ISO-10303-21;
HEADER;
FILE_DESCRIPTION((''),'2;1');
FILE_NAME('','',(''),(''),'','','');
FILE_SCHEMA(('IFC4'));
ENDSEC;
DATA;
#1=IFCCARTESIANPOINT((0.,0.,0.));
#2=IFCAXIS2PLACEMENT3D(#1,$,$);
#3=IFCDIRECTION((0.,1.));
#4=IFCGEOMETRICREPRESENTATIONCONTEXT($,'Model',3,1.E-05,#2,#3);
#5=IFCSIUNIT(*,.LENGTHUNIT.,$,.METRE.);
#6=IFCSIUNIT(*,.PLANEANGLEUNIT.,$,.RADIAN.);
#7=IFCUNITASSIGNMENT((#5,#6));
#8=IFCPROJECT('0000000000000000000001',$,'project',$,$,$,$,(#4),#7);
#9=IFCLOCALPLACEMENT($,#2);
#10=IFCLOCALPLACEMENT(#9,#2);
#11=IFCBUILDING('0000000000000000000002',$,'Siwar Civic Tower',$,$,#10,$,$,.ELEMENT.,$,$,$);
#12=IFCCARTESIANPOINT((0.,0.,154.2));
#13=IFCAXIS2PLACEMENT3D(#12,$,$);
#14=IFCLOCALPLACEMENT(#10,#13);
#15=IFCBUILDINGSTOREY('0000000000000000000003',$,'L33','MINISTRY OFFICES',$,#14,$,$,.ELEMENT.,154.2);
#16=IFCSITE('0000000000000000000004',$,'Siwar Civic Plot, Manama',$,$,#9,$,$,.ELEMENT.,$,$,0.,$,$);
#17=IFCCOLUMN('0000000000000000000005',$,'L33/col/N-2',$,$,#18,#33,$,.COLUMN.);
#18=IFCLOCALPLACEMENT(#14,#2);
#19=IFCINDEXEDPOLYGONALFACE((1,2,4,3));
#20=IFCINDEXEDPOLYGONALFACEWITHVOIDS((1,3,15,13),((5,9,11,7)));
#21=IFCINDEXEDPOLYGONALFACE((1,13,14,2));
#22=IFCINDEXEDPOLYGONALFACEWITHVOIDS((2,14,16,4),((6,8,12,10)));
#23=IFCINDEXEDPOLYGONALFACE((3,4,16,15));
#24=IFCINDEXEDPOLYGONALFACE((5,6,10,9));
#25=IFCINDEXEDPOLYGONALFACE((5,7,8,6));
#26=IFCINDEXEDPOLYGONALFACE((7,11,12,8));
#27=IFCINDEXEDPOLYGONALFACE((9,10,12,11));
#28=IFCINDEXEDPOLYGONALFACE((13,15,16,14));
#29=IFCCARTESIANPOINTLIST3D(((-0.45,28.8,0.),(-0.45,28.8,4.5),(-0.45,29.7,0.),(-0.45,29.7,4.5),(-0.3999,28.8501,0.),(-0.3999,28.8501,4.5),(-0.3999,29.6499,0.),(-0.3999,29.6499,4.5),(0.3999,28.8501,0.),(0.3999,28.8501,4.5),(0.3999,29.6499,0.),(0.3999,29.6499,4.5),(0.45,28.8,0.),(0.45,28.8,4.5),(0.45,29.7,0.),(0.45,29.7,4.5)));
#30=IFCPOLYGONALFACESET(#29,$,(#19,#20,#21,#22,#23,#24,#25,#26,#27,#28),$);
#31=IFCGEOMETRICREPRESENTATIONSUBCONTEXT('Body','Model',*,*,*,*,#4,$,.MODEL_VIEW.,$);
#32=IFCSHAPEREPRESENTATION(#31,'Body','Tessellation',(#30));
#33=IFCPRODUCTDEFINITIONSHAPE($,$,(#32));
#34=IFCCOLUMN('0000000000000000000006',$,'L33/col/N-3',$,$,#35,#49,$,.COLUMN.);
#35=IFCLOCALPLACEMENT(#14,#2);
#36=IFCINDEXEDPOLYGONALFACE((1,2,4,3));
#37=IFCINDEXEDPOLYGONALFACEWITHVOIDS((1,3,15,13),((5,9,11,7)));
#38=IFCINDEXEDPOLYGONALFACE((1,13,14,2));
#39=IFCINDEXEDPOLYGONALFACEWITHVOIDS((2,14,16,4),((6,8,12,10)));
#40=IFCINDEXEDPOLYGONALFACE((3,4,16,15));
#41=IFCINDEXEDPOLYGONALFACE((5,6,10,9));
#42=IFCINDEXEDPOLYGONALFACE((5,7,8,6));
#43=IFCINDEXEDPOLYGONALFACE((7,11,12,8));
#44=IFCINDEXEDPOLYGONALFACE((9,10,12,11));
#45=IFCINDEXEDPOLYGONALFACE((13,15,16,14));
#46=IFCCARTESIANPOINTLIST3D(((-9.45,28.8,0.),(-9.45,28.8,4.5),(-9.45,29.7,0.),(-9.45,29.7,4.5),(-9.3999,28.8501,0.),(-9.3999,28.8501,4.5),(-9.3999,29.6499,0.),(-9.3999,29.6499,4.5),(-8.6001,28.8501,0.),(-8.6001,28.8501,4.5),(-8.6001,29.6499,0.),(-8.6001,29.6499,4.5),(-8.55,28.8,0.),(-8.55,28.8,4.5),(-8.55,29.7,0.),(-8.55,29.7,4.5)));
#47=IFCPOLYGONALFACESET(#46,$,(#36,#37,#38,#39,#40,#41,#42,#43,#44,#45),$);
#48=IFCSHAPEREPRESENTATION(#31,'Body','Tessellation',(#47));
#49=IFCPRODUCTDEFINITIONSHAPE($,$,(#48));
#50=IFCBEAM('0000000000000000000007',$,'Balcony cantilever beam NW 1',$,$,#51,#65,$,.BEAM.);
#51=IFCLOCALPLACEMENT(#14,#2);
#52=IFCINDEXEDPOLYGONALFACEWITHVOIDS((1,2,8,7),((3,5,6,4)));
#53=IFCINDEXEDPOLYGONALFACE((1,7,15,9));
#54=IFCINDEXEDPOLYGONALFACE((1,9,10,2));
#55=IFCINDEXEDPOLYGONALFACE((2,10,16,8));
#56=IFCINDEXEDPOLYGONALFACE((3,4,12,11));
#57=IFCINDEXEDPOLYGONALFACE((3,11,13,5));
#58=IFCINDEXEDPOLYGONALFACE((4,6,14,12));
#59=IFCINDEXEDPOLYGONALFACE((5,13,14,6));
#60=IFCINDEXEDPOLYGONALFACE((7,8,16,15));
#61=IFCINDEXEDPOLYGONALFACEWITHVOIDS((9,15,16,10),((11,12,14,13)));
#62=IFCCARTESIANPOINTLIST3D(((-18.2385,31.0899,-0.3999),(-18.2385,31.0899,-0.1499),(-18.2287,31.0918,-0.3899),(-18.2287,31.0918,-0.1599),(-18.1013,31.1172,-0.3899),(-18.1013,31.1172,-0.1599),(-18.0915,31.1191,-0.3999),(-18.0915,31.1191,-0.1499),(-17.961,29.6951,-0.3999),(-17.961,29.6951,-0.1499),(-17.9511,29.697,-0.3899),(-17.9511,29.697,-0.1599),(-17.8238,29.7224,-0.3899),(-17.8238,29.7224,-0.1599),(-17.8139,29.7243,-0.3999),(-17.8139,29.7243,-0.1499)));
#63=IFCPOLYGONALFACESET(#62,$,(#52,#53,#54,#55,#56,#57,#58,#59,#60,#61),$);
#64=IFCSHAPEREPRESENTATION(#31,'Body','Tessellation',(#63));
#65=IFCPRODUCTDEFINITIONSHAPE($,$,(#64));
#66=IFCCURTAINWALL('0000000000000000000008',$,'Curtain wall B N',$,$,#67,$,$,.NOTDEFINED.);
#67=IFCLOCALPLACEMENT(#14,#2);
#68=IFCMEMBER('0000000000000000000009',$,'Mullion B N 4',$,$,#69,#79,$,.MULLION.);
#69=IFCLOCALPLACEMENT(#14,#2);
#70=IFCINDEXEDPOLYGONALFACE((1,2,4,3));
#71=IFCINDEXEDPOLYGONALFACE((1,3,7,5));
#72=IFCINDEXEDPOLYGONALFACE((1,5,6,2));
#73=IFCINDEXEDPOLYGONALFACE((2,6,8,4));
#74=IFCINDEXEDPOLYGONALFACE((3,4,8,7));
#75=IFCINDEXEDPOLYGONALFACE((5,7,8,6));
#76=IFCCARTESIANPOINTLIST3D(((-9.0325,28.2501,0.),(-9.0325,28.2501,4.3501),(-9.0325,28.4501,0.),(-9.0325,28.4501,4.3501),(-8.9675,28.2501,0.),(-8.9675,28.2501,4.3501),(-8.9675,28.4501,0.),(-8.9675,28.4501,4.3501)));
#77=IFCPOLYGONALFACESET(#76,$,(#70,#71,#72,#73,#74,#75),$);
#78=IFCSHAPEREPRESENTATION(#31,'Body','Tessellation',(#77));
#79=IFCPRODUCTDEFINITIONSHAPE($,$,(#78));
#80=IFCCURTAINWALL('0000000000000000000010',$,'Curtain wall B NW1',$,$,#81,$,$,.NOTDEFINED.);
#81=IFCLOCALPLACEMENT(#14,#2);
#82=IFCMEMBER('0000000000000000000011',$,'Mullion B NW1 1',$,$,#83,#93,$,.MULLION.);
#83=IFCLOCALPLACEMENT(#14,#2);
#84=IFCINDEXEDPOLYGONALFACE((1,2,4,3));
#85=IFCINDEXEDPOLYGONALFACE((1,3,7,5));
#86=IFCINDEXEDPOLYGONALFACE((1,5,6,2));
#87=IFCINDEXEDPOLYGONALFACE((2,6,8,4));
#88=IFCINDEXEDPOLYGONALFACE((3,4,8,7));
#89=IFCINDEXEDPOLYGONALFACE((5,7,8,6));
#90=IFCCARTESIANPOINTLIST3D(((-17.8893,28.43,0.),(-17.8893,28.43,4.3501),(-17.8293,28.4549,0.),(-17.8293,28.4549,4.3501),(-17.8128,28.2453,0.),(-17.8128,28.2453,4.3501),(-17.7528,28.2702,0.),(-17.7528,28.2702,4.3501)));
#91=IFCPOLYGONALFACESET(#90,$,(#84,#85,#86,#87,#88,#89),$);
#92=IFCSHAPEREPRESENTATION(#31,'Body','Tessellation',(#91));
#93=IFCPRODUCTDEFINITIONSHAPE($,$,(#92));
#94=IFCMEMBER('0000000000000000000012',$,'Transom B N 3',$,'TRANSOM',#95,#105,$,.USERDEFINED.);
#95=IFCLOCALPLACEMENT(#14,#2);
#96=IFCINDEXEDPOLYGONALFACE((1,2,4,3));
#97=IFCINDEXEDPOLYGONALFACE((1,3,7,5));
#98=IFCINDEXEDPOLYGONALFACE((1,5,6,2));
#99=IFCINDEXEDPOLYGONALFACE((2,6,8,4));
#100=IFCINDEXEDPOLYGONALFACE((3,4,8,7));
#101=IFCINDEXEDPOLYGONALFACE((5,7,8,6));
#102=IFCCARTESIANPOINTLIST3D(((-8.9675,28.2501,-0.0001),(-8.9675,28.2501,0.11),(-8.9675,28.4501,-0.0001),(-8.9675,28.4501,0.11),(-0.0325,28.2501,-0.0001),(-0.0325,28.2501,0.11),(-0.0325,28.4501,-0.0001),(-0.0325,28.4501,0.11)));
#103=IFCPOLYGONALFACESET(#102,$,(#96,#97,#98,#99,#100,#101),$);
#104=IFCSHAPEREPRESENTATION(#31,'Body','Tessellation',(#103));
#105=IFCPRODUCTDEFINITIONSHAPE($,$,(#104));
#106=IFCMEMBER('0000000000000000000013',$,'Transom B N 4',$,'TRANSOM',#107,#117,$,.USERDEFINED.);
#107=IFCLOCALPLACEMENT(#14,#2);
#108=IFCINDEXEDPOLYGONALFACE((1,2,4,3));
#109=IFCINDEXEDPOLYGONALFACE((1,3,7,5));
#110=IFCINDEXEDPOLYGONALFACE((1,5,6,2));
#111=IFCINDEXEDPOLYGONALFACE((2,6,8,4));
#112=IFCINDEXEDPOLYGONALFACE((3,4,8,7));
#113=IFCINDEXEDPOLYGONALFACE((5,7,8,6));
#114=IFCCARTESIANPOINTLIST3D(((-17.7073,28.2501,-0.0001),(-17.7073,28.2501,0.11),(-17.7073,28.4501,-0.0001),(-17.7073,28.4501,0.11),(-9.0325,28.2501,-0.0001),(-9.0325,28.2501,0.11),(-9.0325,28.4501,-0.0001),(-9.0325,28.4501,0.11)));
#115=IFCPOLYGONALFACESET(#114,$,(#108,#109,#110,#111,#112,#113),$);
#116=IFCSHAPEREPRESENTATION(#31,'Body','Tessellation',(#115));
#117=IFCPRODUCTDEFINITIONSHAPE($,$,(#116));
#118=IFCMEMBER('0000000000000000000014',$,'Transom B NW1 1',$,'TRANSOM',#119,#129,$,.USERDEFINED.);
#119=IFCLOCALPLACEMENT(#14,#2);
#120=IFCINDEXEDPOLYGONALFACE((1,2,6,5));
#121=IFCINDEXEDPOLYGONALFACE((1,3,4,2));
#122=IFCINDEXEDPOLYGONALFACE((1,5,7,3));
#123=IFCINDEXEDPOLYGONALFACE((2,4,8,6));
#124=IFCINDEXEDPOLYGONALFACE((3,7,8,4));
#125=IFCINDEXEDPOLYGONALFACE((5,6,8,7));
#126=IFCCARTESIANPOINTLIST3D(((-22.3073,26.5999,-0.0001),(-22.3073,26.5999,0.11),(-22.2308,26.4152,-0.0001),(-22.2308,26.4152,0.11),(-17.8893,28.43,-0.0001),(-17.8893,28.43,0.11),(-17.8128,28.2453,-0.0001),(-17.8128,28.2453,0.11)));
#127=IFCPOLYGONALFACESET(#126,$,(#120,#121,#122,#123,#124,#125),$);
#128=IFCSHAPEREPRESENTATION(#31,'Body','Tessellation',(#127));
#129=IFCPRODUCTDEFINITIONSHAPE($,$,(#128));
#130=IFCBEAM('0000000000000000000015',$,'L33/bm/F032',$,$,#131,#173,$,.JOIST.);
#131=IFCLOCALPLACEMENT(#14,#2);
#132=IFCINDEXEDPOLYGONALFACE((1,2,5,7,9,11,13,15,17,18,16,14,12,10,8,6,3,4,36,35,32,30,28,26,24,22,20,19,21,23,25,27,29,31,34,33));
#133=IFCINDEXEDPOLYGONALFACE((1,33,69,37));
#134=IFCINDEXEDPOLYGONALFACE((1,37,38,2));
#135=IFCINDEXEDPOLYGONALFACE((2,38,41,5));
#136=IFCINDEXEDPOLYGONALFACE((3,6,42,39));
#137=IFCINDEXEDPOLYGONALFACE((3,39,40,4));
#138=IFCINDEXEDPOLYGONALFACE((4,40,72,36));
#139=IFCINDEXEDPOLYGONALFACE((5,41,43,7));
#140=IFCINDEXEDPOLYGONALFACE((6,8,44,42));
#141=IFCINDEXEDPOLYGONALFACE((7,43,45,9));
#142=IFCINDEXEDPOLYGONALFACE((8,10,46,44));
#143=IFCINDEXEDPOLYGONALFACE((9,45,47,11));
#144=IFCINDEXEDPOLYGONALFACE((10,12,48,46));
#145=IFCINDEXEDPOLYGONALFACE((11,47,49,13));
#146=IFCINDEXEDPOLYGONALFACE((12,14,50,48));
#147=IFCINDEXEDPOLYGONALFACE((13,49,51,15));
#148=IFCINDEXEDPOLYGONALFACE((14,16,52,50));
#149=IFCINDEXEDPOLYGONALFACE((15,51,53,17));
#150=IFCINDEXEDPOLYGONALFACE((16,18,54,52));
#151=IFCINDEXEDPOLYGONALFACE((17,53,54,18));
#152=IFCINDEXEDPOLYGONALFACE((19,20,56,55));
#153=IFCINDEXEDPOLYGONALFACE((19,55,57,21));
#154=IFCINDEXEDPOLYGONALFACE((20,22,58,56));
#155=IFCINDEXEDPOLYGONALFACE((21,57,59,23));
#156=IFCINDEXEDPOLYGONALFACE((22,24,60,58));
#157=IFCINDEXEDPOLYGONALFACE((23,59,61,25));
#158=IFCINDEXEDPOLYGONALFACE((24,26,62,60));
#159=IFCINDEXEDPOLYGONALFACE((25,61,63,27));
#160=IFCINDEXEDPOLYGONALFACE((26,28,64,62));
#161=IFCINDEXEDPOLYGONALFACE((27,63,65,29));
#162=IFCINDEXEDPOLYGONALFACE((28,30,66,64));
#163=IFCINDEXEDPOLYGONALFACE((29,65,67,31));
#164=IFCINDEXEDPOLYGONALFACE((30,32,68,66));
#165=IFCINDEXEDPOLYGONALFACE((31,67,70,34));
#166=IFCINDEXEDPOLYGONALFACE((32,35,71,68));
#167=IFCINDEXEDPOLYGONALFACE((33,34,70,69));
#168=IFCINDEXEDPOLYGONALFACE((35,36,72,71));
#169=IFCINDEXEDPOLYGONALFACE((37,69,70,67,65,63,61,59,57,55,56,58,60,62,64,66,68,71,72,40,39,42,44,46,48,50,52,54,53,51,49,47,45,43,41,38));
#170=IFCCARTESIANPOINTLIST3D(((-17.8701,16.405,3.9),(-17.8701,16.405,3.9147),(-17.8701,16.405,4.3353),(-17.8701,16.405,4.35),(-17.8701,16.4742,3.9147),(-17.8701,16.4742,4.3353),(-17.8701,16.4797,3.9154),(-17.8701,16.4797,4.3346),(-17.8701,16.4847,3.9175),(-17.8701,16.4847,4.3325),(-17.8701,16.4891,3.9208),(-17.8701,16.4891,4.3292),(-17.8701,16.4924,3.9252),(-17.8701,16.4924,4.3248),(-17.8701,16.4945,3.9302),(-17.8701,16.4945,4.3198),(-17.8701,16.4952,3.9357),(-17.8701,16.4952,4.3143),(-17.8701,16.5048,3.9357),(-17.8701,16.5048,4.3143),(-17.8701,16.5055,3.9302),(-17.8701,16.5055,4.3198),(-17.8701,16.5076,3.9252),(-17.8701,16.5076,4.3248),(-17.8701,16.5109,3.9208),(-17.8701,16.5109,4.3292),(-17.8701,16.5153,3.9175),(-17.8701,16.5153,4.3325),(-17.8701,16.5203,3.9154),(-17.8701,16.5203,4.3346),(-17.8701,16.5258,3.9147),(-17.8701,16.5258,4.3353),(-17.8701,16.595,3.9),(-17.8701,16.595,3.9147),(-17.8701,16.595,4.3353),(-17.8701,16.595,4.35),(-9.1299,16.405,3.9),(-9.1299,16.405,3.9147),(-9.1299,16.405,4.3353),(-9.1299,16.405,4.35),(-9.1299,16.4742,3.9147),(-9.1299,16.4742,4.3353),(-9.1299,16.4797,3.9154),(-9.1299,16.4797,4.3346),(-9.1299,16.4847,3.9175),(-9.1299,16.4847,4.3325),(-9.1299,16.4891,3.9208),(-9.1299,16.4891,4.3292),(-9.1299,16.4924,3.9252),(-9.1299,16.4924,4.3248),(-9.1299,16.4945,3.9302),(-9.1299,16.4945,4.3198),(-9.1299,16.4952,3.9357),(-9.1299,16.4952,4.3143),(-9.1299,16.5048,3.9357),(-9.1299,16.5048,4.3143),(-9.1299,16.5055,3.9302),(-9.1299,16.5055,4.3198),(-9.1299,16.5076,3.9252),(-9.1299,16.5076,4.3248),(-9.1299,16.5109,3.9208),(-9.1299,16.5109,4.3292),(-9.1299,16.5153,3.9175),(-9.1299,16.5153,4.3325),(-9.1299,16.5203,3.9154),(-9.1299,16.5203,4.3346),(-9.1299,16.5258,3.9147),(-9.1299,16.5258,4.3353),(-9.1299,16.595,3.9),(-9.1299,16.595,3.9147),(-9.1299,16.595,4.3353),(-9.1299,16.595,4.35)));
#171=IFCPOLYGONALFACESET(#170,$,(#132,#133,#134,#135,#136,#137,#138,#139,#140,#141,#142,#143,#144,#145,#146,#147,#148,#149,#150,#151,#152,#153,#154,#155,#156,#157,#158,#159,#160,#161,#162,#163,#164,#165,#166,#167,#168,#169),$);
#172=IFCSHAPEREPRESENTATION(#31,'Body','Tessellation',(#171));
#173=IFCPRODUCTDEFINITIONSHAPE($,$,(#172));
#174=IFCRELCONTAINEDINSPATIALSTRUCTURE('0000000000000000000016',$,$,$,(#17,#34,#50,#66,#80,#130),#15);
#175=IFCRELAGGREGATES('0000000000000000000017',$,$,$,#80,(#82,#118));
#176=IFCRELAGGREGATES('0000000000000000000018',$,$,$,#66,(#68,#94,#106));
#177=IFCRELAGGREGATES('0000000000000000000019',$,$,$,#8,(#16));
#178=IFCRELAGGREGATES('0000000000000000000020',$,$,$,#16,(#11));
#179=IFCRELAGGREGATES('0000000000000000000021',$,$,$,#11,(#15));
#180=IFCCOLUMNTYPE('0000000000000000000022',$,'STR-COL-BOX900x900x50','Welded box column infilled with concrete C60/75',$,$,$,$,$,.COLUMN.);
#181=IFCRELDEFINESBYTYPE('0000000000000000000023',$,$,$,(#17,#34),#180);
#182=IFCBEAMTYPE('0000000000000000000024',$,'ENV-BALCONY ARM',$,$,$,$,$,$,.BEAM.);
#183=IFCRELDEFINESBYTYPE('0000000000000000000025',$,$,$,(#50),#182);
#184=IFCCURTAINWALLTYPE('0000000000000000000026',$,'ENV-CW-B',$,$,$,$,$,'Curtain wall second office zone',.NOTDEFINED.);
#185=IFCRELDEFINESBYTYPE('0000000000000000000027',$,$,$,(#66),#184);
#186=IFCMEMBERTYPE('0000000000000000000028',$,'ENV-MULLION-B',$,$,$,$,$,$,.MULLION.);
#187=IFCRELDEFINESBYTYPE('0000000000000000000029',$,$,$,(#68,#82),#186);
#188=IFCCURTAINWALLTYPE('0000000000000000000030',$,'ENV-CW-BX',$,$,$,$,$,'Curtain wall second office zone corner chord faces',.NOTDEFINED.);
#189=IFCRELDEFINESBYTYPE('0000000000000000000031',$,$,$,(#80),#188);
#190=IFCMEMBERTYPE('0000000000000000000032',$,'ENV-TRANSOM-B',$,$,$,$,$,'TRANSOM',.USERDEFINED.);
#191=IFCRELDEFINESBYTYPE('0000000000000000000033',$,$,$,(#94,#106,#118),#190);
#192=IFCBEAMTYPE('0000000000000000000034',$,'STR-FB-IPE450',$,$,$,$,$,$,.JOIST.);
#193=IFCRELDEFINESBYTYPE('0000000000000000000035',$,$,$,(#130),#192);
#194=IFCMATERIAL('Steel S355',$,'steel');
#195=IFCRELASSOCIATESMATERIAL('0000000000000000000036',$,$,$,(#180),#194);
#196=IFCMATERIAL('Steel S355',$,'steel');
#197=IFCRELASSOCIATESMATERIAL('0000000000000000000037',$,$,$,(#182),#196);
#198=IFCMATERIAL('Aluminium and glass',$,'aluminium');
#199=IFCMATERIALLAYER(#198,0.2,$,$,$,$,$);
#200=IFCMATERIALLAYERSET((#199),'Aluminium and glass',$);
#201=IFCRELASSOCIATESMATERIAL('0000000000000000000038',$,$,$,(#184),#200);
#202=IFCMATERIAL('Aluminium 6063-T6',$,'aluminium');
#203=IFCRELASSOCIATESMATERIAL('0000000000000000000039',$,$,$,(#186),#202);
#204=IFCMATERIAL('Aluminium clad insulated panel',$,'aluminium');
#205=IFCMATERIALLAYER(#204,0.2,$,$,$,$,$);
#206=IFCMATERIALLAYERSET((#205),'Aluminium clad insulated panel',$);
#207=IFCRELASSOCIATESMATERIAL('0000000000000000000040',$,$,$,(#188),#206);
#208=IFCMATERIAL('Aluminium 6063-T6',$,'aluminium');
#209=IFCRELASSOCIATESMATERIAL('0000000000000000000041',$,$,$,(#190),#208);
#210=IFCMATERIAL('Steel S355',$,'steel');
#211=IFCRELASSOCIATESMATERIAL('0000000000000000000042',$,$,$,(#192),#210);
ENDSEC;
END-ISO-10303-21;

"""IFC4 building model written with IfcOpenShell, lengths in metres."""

from ifc_helpers import new_model, si_unit, direction, frame, origin, origin_2d, place, context, subcontext, project, spatial, rectangle, hollow_rectangle, i_section, extrude, material, layer, layer_set, material_profile, profile_set, type_object, element, aggregate, save


model = new_model("IFC4")

# Units and contexts
model_context = context("Model", 3, precision=1e-05, world=origin(), true_north=direction((0.0, 1.0)))
body_context = subcontext(model_context, "Body", "Model", "MODEL_VIEW")
ifc_project = project(units=[si_unit("LENGTHUNIT", "METRE"), si_unit("PLANEANGLEUNIT", "RADIAN")], contexts=[model_context])

# Site, building, storey
site_placement = place(None, origin())
site = spatial("IfcSite", under=ifc_project, at=site_placement, Name="Siwar Civic Plot, Manama", CompositionType="ELEMENT", RefElevation=0.0)
building_placement = place(site_placement, origin())
building = spatial("IfcBuilding", under=site, at=building_placement, Name="Siwar Civic Tower", CompositionType="ELEMENT")
storey_placement = place(building_placement, frame((0.0, 0.0, 154.2)))
storey = spatial("IfcBuildingStorey", under=building, at=storey_placement, Name="L33", Description="MINISTRY OFFICES", CompositionType="ELEMENT", Elevation=154.2)

# Columns
ifc_material_1 = material(Name="Steel S355", Category="steel")
ifc_material_profile_1 = material_profile(ifc_material_1, hollow_rectangle(XDim=0.8999, YDim=0.8999, WallThickness=0.05, at=origin_2d()), Name="BOX900x900x50")
ifc_profile_set_1 = profile_set([ifc_material_profile_1], Name="Steel S355")
column_type = type_object("IfcColumnType", Name="STR-COL-BOX900x900x50", Description="Welded box column infilled with concrete C60/75", PredefinedType="COLUMN", material=ifc_profile_set_1)
for number, where, z_axis, x_axis, name in (
    (1, (0.0, 29.25, 0.0), (0.0, 0.0, 1.0), (1.0, 0.0, 0.0), "L33/col/N-2"),
    (2, (-9.0, 29.25, 0.0), (0.0, 0.0, 1.0), (1.0, 0.0, 0.0), "L33/col/N-3"),
):
    element("IfcColumn", number, at=place(storey_placement, frame(where, z_axis=z_axis, x_axis=x_axis)), inside=storey, type_object=column_type, Name=name, PredefinedType="COLUMN", context=body_context, shape_type="SweptSolid", body=[
        extrude(hollow_rectangle(XDim=0.8999, YDim=0.8999, WallThickness=0.05, at=origin_2d()), origin(), (0.0, 0.0, 1.0), 4.5),
    ])

# Beam
ifc_material_2 = material(Name="Steel S355", Category="steel")
ifc_material_profile_2 = material_profile(ifc_material_2, hollow_rectangle(XDim=0.1499, YDim=0.25, WallThickness=0.01, at=origin_2d()), Name="RHS250x150x10")
ifc_profile_set_2 = profile_set([ifc_material_profile_2], Name="Steel S355")
beam_type_1 = type_object("IfcBeamType", Name="ENV-BALCONY ARM", PredefinedType="BEAM", material=ifc_profile_set_2)
beam_1_placement = place(storey_placement, frame((-17.8875, 29.7097, -0.2749), z_axis=(-0.195192, 0.980765, 0.0), x_axis=(-0.980765, -0.195192, 0.0)))
element("IfcBeam", 3, at=beam_1_placement, inside=storey, type_object=beam_type_1, Name="Balcony cantilever beam NW 1", PredefinedType="BEAM", context=body_context, shape_type="SweptSolid", body=[
    extrude(hollow_rectangle(XDim=0.1499, YDim=0.25, WallThickness=0.01, at=origin_2d()), origin(), (0.0, 0.0, 1.0), 1.4221),
])

# Curtain walls, members
ifc_material_3 = material(Name="Aluminium and glass", Category="aluminium")
ifc_layer_1 = layer(ifc_material_3, 0.2)
ifc_layer_set_1 = layer_set([ifc_layer_1], Name="Aluminium and glass")
curtain_wall_type_1 = type_object("IfcCurtainWallType", Name="ENV-CW-B", ElementType="Curtain wall second office zone", PredefinedType="NOTDEFINED", material=ifc_layer_set_1)
curtain_wall_1_placement = place(storey_placement, origin())
curtain_wall_1 = element("IfcCurtainWall", 4, at=curtain_wall_1_placement, inside=storey, type_object=curtain_wall_type_1, Name="Curtain wall B N", PredefinedType="NOTDEFINED")
ifc_material_4 = material(Name="Aluminium 6063-T6", Category="aluminium")
ifc_material_profile_3 = material_profile(ifc_material_4, rectangle(XDim=0.2, YDim=0.0649, at=origin_2d()), Name="AL 200x65")
ifc_profile_set_3 = profile_set([ifc_material_profile_3], Name="Aluminium 6063-T6")
member_type_1 = type_object("IfcMemberType", Name="ENV-MULLION-B", PredefinedType="MULLION", material=ifc_profile_set_3)
member_1_placement = place(storey_placement, frame((-9.0, 28.3501, 0.0), z_axis=(0.0, 0.0, 1.0), x_axis=(0.0, -1.0, 0.0)))
member_1 = element("IfcMember", 5, at=member_1_placement, type_object=member_type_1, Name="Mullion B N 4", PredefinedType="MULLION", context=body_context, shape_type="SweptSolid", body=[
    extrude(rectangle(XDim=0.2, YDim=0.0649, at=origin_2d()), origin(), (0.0, 0.0, 1.0), 4.3501),
])
ifc_material_5 = material(Name="Aluminium clad insulated panel", Category="aluminium")
ifc_layer_2 = layer(ifc_material_5, 0.2)
ifc_layer_set_2 = layer_set([ifc_layer_2], Name="Aluminium clad insulated panel")
curtain_wall_type_2 = type_object("IfcCurtainWallType", Name="ENV-CW-BX", ElementType="Curtain wall second office zone corner chord faces", PredefinedType="NOTDEFINED", material=ifc_layer_set_2)
curtain_wall_2_placement = place(storey_placement, origin())
curtain_wall_2 = element("IfcCurtainWall", 6, at=curtain_wall_2_placement, inside=storey, type_object=curtain_wall_type_2, Name="Curtain wall B NW1", PredefinedType="NOTDEFINED")
member_2_placement = place(storey_placement, frame((-17.821, 28.3501, 0.0), z_axis=(0.0, 0.0, 1.0), x_axis=(0.382683, -0.92388, 0.0)))
member_2 = element("IfcMember", 7, at=member_2_placement, type_object=member_type_1, Name="Mullion B NW1 1", PredefinedType="MULLION", context=body_context, shape_type="SweptSolid", body=[
    extrude(rectangle(XDim=0.2, YDim=0.0649, at=origin_2d()), origin(), (0.0, 0.0, 1.0), 4.3501),
])

# Members
ifc_material_6 = material(Name="Aluminium 6063-T6", Category="aluminium")
ifc_material_profile_4 = material_profile(ifc_material_6, rectangle(XDim=0.2, YDim=0.1101, at=origin_2d()), Name="AL 200x110")
ifc_profile_set_4 = profile_set([ifc_material_profile_4], Name="Aluminium 6063-T6")
member_type_2 = type_object("IfcMemberType", Name="ENV-TRANSOM-B", ElementType="TRANSOM", PredefinedType="USERDEFINED", material=ifc_profile_set_4)
member_3_placement = place(storey_placement, frame((-0.0325, 28.3501, 0.0549), z_axis=(-1.0, 0.0, 0.0), x_axis=(0.0, -1.0, 0.0)))
member_3 = element("IfcMember", 8, at=member_3_placement, type_object=member_type_2, Name="Transom B N 3", ObjectType="TRANSOM", PredefinedType="USERDEFINED", context=body_context, shape_type="SweptSolid", body=[
    extrude(rectangle(XDim=0.2, YDim=0.1101, at=origin_2d()), origin(), (0.0, 0.0, 1.0), 8.9351),
])
member_4_placement = place(storey_placement, frame((-9.0325, 28.3501, 0.0549), z_axis=(-1.0, 0.0, 0.0), x_axis=(0.0, -1.0, 0.0)))
member_4 = element("IfcMember", 9, at=member_4_placement, type_object=member_type_2, Name="Transom B N 4", ObjectType="TRANSOM", PredefinedType="USERDEFINED", context=body_context, shape_type="SweptSolid", body=[
    extrude(rectangle(XDim=0.2, YDim=0.1101, at=origin_2d()), origin(), (0.0, 0.0, 1.0), 8.6748),
])
member_5_placement = place(storey_placement, frame((-17.8511, 28.3376, 0.0549), z_axis=(-0.923872, -0.3827, 0.0), x_axis=(0.3827, -0.923872, 0.0)))
member_5 = element("IfcMember", 10, at=member_5_placement, type_object=member_type_2, Name="Transom B NW1 1", ObjectType="TRANSOM", PredefinedType="USERDEFINED", context=body_context, shape_type="SweptSolid", body=[
    extrude(rectangle(XDim=0.2, YDim=0.1101, at=origin_2d()), origin(), (0.0, 0.0, 1.0), 4.782),
])
aggregate(curtain_wall_2, [member_2, member_5])

# Beam
ifc_material_7 = material(Name="Steel S355", Category="steel")
ifc_material_profile_5 = material_profile(ifc_material_7, i_section(OverallWidth=0.1899, OverallDepth=0.45, WebThickness=0.0095, FlangeThickness=0.0146, FilletRadius=0.021, at=origin_2d()), Name="IPE450")
ifc_profile_set_5 = profile_set([ifc_material_profile_5], Name="Steel S355")
beam_type_2 = type_object("IfcBeamType", Name="STR-FB-IPE450", PredefinedType="JOIST", material=ifc_profile_set_5)
for number, where, z_axis, x_axis, name in (
    (11, (-17.8701, 16.5, 4.125), (1.0, 0.0, 0.0), (0.0, 1.0, 0.0), "L33/bm/F032"),
):
    element("IfcBeam", number, at=place(storey_placement, frame(where, z_axis=z_axis, x_axis=x_axis)), inside=storey, type_object=beam_type_2, Name=name, PredefinedType="JOIST", context=body_context, shape_type="SweptSolid", body=[
        extrude(i_section(OverallWidth=0.1899, OverallDepth=0.45, WebThickness=0.0095, FlangeThickness=0.0146, FilletRadius=0.021, at=origin_2d()), origin(), (0.0, 0.0, 1.0), 8.7402),
    ])

aggregate(curtain_wall_1, [member_1, member_3, member_4])

save(model, "model.ifc")
